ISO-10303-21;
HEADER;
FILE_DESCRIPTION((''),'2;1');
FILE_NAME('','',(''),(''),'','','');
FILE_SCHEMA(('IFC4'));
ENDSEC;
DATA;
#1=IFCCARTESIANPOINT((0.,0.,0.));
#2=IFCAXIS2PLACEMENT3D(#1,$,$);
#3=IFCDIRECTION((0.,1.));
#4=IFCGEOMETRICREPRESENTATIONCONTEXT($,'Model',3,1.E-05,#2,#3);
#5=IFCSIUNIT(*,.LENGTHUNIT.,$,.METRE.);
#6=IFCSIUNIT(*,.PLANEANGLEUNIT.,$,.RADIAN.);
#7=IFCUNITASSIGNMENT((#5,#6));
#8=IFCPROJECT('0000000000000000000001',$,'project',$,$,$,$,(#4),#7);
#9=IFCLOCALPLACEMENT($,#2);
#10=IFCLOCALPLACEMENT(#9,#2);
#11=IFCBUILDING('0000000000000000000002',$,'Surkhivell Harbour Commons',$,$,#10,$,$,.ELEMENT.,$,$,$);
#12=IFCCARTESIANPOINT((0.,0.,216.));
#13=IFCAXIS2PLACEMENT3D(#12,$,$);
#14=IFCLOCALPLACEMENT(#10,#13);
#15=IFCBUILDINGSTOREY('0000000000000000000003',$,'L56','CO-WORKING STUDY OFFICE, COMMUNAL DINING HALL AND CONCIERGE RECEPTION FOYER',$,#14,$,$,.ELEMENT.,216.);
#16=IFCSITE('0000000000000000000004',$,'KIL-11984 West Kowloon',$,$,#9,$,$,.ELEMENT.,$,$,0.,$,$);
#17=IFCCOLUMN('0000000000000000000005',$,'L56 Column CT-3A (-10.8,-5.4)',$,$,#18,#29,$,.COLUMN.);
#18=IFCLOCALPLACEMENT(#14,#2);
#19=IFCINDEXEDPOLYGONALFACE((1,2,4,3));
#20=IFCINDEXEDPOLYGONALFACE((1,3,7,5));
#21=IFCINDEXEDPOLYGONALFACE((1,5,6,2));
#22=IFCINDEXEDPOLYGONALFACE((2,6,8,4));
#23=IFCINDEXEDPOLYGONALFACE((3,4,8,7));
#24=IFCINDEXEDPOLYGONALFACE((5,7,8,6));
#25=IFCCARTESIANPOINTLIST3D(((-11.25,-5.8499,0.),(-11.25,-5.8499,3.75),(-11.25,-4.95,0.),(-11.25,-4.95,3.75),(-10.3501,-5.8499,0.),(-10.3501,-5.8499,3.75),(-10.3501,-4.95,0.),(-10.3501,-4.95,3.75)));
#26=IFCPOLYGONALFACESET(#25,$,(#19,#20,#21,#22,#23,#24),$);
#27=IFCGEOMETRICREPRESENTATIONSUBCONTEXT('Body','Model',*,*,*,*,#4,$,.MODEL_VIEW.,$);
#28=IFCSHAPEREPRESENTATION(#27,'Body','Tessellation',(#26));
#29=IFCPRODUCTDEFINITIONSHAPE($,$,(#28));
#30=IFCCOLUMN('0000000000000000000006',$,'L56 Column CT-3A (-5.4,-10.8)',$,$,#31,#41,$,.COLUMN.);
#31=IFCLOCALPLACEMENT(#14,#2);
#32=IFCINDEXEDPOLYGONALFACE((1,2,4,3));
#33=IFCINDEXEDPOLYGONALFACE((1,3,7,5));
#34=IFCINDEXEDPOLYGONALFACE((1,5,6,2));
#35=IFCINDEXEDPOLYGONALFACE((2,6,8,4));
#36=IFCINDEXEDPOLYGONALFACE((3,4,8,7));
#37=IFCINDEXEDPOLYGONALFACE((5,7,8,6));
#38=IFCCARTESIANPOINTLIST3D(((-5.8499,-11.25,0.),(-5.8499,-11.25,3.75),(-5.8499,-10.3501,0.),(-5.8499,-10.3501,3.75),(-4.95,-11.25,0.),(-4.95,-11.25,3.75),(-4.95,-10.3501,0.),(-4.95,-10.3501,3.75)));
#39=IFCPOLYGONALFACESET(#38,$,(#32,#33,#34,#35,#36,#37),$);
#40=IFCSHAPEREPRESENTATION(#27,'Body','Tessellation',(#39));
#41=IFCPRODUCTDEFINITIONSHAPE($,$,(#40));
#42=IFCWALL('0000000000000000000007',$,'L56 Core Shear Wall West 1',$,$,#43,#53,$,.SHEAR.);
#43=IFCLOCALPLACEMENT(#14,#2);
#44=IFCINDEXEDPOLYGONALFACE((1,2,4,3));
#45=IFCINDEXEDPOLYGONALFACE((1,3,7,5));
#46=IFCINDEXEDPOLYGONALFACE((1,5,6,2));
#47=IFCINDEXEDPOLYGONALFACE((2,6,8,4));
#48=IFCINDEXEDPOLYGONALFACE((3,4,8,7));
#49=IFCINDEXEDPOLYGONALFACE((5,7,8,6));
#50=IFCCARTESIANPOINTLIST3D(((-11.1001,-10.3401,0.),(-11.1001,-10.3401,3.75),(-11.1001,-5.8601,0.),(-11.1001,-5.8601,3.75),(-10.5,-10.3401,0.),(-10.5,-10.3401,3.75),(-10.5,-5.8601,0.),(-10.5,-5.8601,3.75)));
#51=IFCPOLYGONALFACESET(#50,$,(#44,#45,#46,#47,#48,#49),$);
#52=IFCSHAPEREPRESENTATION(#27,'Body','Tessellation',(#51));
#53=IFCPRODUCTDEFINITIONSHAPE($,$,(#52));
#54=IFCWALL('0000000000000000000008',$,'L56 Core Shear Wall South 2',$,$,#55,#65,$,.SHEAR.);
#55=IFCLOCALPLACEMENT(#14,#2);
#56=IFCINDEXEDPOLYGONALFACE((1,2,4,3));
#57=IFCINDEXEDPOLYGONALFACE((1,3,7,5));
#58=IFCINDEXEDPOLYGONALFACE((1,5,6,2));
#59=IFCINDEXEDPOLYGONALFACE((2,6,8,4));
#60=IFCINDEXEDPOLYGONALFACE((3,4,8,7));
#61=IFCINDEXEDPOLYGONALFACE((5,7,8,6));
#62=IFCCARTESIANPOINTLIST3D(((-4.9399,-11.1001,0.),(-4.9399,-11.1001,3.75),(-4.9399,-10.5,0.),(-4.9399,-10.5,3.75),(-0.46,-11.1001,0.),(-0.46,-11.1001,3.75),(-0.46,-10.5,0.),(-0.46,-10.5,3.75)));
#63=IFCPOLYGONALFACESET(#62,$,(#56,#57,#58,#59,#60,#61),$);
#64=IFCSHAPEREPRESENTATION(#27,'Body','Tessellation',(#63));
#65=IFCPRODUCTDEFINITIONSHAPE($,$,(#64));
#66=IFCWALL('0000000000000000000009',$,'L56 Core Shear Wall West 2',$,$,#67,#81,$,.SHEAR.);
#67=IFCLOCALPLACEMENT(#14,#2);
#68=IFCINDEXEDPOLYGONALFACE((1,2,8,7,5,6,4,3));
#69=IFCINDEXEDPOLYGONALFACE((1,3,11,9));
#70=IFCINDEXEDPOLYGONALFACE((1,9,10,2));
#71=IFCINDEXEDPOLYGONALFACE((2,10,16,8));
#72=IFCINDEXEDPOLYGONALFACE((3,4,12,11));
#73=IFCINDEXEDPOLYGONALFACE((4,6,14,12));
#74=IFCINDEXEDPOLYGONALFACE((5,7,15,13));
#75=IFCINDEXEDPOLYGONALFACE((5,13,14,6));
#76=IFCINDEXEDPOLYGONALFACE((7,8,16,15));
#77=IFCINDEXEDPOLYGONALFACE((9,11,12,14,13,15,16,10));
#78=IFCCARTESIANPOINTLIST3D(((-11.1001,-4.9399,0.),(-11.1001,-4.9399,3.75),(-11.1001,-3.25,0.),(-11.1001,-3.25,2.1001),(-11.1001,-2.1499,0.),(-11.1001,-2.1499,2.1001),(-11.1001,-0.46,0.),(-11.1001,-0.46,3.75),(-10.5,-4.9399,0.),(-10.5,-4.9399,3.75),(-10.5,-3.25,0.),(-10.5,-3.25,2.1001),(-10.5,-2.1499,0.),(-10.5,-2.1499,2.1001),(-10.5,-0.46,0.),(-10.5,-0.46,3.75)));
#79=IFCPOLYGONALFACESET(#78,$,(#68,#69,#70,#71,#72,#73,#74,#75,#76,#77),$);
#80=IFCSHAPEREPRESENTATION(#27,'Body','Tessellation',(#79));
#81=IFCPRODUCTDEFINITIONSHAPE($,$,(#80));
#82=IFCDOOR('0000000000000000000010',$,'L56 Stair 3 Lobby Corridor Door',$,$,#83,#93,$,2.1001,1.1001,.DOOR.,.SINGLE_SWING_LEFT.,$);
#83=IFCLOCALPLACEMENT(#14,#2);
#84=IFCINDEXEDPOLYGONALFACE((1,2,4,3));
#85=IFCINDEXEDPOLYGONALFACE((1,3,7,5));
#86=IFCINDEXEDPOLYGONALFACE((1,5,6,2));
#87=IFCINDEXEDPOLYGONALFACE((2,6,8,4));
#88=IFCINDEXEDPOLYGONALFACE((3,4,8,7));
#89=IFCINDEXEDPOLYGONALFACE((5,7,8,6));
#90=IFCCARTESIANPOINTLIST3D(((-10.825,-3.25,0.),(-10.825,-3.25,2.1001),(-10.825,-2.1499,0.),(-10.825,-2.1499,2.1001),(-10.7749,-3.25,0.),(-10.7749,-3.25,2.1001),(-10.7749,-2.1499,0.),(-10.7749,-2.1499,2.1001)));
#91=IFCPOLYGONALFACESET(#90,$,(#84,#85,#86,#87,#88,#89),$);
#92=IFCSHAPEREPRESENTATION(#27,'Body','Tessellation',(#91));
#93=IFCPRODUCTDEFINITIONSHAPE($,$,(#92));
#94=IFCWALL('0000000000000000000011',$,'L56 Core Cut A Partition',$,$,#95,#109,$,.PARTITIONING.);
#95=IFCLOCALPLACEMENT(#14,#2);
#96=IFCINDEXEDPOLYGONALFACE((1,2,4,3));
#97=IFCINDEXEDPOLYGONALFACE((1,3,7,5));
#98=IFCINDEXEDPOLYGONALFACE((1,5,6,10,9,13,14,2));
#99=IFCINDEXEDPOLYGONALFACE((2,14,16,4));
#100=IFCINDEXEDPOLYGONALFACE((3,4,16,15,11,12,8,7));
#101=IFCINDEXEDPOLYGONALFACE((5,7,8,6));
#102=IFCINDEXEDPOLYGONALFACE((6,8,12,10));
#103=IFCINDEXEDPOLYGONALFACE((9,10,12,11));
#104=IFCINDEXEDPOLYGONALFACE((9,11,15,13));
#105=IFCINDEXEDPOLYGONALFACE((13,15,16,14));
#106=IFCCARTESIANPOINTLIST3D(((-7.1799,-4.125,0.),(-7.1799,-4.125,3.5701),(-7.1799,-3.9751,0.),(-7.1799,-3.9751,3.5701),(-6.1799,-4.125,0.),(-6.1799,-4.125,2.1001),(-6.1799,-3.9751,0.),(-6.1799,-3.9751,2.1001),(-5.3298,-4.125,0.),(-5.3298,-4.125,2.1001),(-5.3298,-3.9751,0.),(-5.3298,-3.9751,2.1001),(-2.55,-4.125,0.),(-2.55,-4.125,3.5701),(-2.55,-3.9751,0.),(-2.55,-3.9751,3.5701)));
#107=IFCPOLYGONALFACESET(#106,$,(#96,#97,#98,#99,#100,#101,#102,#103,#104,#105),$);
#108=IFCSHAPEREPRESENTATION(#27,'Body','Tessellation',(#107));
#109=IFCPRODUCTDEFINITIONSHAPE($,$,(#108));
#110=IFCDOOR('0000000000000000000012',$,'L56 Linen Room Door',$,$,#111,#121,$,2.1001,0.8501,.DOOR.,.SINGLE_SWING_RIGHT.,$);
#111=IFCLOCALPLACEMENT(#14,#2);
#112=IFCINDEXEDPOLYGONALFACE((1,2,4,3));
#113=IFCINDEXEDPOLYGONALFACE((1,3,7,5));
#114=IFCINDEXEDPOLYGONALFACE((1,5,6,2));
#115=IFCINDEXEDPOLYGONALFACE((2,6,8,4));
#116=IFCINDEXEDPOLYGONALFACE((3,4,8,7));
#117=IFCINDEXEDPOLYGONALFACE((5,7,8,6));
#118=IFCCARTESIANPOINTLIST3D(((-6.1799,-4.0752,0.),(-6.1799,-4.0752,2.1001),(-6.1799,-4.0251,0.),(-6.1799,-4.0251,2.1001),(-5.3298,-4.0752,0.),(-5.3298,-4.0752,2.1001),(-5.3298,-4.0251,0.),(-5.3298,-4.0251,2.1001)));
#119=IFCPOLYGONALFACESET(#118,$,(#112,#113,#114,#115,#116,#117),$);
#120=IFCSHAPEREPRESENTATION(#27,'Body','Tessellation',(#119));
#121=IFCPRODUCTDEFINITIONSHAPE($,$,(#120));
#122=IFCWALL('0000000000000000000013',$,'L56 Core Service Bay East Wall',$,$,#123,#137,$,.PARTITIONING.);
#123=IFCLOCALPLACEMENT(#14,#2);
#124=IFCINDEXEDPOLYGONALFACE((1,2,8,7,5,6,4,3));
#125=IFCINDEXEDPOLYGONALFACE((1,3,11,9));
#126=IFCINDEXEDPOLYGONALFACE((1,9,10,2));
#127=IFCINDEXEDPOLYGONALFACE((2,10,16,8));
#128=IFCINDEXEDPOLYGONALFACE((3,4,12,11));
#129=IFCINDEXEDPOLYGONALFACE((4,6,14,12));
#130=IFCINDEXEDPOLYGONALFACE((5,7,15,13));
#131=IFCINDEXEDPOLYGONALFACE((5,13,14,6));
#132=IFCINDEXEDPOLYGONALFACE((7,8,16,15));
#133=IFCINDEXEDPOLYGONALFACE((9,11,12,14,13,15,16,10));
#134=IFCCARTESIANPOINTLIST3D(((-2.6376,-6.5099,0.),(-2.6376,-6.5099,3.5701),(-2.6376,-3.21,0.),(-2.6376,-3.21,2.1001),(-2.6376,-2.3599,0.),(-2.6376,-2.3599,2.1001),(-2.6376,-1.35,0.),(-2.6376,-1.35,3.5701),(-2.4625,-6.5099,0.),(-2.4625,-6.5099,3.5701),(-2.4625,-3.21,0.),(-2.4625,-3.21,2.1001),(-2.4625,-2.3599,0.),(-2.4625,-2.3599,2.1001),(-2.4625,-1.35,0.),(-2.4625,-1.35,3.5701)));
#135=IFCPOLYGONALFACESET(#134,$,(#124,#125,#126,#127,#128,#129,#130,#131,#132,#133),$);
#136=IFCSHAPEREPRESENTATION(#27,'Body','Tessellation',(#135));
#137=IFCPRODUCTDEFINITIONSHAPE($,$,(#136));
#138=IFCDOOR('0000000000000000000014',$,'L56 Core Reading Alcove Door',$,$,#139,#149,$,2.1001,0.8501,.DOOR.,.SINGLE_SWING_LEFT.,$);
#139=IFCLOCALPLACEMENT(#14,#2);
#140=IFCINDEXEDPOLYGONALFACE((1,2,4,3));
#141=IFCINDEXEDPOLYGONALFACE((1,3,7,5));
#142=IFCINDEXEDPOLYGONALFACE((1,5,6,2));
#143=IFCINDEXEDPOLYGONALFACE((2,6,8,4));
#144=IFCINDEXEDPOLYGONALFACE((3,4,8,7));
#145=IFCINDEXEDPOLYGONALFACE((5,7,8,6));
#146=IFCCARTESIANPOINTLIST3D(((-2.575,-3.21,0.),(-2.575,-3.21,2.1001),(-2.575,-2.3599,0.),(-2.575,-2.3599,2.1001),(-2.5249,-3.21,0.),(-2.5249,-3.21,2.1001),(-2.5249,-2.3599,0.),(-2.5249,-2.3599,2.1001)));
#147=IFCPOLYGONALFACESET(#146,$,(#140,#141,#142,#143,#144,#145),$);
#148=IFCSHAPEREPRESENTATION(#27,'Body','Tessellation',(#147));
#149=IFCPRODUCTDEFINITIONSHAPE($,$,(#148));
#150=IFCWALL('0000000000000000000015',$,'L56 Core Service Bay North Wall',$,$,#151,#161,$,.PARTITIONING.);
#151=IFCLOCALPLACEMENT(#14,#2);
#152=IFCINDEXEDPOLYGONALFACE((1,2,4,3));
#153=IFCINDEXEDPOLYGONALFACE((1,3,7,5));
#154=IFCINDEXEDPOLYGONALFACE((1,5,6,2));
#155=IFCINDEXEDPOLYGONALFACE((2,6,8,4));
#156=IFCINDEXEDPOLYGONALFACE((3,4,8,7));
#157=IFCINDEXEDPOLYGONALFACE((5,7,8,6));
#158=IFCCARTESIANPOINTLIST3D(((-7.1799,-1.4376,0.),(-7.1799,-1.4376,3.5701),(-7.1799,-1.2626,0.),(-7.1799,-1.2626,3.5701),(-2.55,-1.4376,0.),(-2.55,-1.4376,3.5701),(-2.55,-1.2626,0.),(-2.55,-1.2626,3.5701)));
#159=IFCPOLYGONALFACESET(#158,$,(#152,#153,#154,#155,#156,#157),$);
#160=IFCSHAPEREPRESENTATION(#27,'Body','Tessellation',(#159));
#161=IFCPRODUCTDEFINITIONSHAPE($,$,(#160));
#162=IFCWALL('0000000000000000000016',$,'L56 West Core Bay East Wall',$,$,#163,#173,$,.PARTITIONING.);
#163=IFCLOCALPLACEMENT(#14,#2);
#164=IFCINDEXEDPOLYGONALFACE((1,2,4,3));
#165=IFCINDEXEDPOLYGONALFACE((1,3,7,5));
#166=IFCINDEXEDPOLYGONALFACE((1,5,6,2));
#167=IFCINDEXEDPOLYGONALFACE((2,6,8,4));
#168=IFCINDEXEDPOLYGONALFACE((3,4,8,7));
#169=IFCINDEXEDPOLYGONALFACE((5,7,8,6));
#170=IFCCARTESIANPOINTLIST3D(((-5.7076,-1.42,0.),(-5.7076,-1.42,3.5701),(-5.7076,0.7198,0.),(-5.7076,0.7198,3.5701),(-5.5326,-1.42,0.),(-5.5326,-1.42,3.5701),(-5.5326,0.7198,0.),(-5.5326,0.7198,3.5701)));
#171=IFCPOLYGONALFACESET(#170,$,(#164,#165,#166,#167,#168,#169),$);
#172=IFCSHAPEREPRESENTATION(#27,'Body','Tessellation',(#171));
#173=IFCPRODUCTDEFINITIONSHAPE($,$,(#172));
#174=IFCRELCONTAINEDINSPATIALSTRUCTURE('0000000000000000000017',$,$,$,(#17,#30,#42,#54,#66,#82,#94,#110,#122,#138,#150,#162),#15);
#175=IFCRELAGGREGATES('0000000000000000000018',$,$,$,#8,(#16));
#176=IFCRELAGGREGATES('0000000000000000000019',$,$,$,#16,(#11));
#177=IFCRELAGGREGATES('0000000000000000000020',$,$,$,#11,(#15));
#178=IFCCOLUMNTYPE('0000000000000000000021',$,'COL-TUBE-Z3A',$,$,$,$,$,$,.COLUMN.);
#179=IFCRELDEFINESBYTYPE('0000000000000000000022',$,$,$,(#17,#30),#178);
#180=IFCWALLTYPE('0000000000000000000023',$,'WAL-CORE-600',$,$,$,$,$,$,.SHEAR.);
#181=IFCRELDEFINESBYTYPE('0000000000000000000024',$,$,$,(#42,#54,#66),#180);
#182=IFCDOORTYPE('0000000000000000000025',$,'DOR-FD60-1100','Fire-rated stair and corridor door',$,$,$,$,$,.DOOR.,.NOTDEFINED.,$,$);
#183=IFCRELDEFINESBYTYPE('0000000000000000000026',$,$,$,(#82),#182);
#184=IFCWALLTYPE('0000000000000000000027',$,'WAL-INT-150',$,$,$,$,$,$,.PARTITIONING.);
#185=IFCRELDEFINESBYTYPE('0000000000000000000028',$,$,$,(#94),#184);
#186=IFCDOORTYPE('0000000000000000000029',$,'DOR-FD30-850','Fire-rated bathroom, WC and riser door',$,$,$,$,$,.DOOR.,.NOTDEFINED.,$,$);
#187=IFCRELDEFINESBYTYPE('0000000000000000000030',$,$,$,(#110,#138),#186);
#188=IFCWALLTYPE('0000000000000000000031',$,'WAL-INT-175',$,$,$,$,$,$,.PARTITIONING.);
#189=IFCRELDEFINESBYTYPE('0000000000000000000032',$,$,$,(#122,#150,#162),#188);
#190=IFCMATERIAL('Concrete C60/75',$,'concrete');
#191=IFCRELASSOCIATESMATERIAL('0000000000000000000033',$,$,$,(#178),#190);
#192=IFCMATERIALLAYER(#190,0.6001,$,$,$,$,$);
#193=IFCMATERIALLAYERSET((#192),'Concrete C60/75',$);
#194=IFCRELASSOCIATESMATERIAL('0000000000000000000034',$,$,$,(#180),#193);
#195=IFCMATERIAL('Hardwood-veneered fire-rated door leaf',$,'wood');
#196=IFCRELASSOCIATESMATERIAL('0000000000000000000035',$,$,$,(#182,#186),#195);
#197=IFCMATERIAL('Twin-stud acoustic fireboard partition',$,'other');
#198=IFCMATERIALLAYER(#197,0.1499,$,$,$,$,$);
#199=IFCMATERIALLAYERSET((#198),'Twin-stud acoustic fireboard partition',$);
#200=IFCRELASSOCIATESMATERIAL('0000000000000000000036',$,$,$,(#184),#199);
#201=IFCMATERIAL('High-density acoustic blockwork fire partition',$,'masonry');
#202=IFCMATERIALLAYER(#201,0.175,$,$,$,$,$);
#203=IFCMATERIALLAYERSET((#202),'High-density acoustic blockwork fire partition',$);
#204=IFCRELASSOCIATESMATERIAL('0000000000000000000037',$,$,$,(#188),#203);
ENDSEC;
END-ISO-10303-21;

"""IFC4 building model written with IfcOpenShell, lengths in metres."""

from ifc_helpers import new_model, si_unit, direction, frame, frame_2d, origin, origin_2d, place, context, subcontext, project, spatial, rectangle, extrude, material, layer, layer_set, material_profile, profile_set, type_object, element, fill, save


model = new_model("IFC4")

# Units and contexts
model_context = context("Model", 3, precision=1e-05, world=origin(), true_north=direction((0.0, 1.0)))
body_context = subcontext(model_context, "Body", "Model", "MODEL_VIEW")
ifc_project = project(units=[si_unit("LENGTHUNIT", "METRE"), si_unit("PLANEANGLEUNIT", "RADIAN")], contexts=[model_context])

# Site, building, storey
site_placement = place(None, origin())
site = spatial("IfcSite", under=ifc_project, at=site_placement, Name="KIL-11984 West Kowloon", CompositionType="ELEMENT", RefElevation=0.0)
building_placement = place(site_placement, origin())
building = spatial("IfcBuilding", under=site, at=building_placement, Name="Surkhivell Harbour Commons", CompositionType="ELEMENT")
storey_placement = place(building_placement, frame((0.0, 0.0, 216.0)))
storey = spatial("IfcBuildingStorey", under=building, at=storey_placement, Name="L56", Description="CO-WORKING STUDY OFFICE, COMMUNAL DINING HALL AND CONCIERGE RECEPTION FOYER", CompositionType="ELEMENT", Elevation=216.0)

# Columns
ifc_material_1 = material(Name="Concrete C60/75", Category="concrete")
ifc_material_profile = material_profile(ifc_material_1, rectangle(XDim=0.8999, YDim=0.8999, at=origin_2d()), Name="RC-COL-900x900")
ifc_profile_set = profile_set([ifc_material_profile], Name="Concrete C60/75")
column_type = type_object("IfcColumnType", Name="COL-TUBE-Z3A", PredefinedType="COLUMN", material=ifc_profile_set)
for number, where, z_axis, x_axis, name in (
    (1, (-10.8, -5.3999, 0.0), (0.0, 0.0, 1.0), (1.0, 0.0, 0.0), "L56 Column CT-3A (-10.8,-5.4)"),
    (2, (-5.3999, -10.8, 0.0), (0.0, 0.0, 1.0), (1.0, 0.0, 0.0), "L56 Column CT-3A (-5.4,-10.8)"),
):
    element("IfcColumn", number, at=place(storey_placement, frame(where, z_axis=z_axis, x_axis=x_axis)), inside=storey, type_object=column_type, Name=name, PredefinedType="COLUMN", context=body_context, shape_type="SweptSolid", body=[
        extrude(rectangle(XDim=0.8999, YDim=0.8999, at=origin_2d()), origin(), (0.0, 0.0, 1.0), 3.75),
    ])

# Walls
ifc_layer_1 = layer(ifc_material_1, 0.6001)
ifc_layer_set_1 = layer_set([ifc_layer_1], Name="Concrete C60/75")
wall_type_1 = type_object("IfcWallType", Name="WAL-CORE-600", PredefinedType="SHEAR", material=ifc_layer_set_1)
for number, where, z_axis, x_axis, name in (
    (3, (-10.8, -10.3401, 0.0), (0.0, 0.0, 1.0), (0.0, 1.0, 0.0), "L56 Core Shear Wall West 1"),
    (4, (-4.9399, -10.8, 0.0), (0.0, 0.0, 1.0), (1.0, 0.0, 0.0), "L56 Core Shear Wall South 2"),
):
    element("IfcWall", number, at=place(storey_placement, frame(where, z_axis=z_axis, x_axis=x_axis)), inside=storey, type_object=wall_type_1, Name=name, PredefinedType="SHEAR", context=body_context, shape_type="SweptSolid", body=[
        extrude(rectangle(XDim=4.48, YDim=0.6001, at=frame_2d((2.24, 0.0))), origin(), (0.0, 0.0, 1.0), 3.75),
    ])

# Walls, openings, doors
wall_1_placement = place(storey_placement, frame((-10.8, -4.9399, 0.0), z_axis=(0.0, 0.0, 1.0), x_axis=(0.0, 1.0, 0.0)))
wall_1 = element("IfcWall", 5, at=wall_1_placement, inside=storey, type_object=wall_type_1, Name="L56 Core Shear Wall West 2", PredefinedType="SHEAR", context=body_context, shape_type="SweptSolid", body=[
    extrude(rectangle(XDim=4.48, YDim=0.6001, at=frame_2d((2.24, 0.0))), origin(), (0.0, 0.0, 1.0), 3.75),
])
opening_1_placement = place(wall_1_placement, frame((1.6899, 0.0, 0.0)))
opening_1 = element("IfcOpeningElement", 6, at=opening_1_placement, cuts=wall_1, PredefinedType="OPENING", context=body_context, shape_type="SweptSolid", body=[
    extrude(rectangle(XDim=1.1001, YDim=2.1001, at=frame_2d((0.55, 1.05))), frame((0.0, 0.3101, 0.0), z_axis=(0.0, -1.0, 0.0), x_axis=(1.0, 0.0, 0.0)), (0.0, 0.0, 1.0), 0.6201),
])
ifc_material_2 = material(Name="Hardwood-veneered fire-rated door leaf", Category="wood")
door_type_1 = type_object("IfcDoorType", Name="DOR-FD60-1100", Description="Fire-rated stair and corridor door", OperationType="NOTDEFINED", PredefinedType="DOOR", material=ifc_material_2)
door_1_placement = place(opening_1_placement, origin())
door_1 = element("IfcDoor", 7, at=door_1_placement, inside=storey, type_object=door_type_1, Name="L56 Stair 3 Lobby Corridor Door", OperationType="SINGLE_SWING_LEFT", OverallHeight=2.1001, OverallWidth=1.1001, PredefinedType="DOOR", context=body_context, shape_type="SweptSolid", body=[
    extrude(rectangle(XDim=1.1001, YDim=2.1001, at=frame_2d((0.55, 1.05))), frame((0.0, 0.0249, 0.0), z_axis=(0.0, -1.0, 0.0), x_axis=(1.0, 0.0, 0.0)), (0.0, 0.0, 1.0), 0.05),
])
fill(opening_1, door_1)
ifc_material_3 = material(Name="Twin-stud acoustic fireboard partition", Category="other")
ifc_layer_2 = layer(ifc_material_3, 0.1499)
ifc_layer_set_2 = layer_set([ifc_layer_2], Name="Twin-stud acoustic fireboard partition")
wall_type_2 = type_object("IfcWallType", Name="WAL-INT-150", PredefinedType="PARTITIONING", material=ifc_layer_set_2)
wall_2_placement = place(storey_placement, frame((-7.1799, -4.05, 0.0), z_axis=(0.0, 0.0, 1.0), x_axis=(1.0, 0.0, 0.0)))
wall_2 = element("IfcWall", 8, at=wall_2_placement, inside=storey, type_object=wall_type_2, Name="L56 Core Cut A Partition", PredefinedType="PARTITIONING", context=body_context, shape_type="SweptSolid", body=[
    extrude(rectangle(XDim=4.6299, YDim=0.1499, at=frame_2d((2.3149, 0.0))), origin(), (0.0, 0.0, 1.0), 3.5701),
])
opening_2_placement = place(wall_2_placement, frame((1.0, 0.0, 0.0)))
opening_2 = element("IfcOpeningElement", 9, at=opening_2_placement, cuts=wall_2, PredefinedType="OPENING", context=body_context, shape_type="SweptSolid", body=[
    extrude(rectangle(XDim=0.8501, YDim=2.1001, at=frame_2d((0.425, 1.05))), frame((0.0, 0.085, 0.0), z_axis=(0.0, -1.0, 0.0), x_axis=(1.0, 0.0, 0.0)), (0.0, 0.0, 1.0), 0.1699),
])
door_type_2 = type_object("IfcDoorType", Name="DOR-FD30-850", Description="Fire-rated bathroom, WC and riser door", OperationType="NOTDEFINED", PredefinedType="DOOR", material=ifc_material_2)
door_2_placement = place(opening_2_placement, origin())
door_2 = element("IfcDoor", 10, at=door_2_placement, inside=storey, type_object=door_type_2, Name="L56 Linen Room Door", OperationType="SINGLE_SWING_RIGHT", OverallHeight=2.1001, OverallWidth=0.8501, PredefinedType="DOOR", context=body_context, shape_type="SweptSolid", body=[
    extrude(rectangle(XDim=0.8501, YDim=2.1001, at=frame_2d((0.425, 1.05))), frame((0.0, 0.0249, 0.0), z_axis=(0.0, -1.0, 0.0), x_axis=(1.0, 0.0, 0.0)), (0.0, 0.0, 1.0), 0.05),
])
fill(opening_2, door_2)
ifc_material_4 = material(Name="High-density acoustic blockwork fire partition", Category="masonry")
ifc_layer_3 = layer(ifc_material_4, 0.175)
ifc_layer_set_3 = layer_set([ifc_layer_3], Name="High-density acoustic blockwork fire partition")
wall_type_3 = type_object("IfcWallType", Name="WAL-INT-175", PredefinedType="PARTITIONING", material=ifc_layer_set_3)
wall_3_placement = place(storey_placement, frame((-2.55, -6.51, 0.0), z_axis=(0.0, 0.0, 1.0), x_axis=(0.0, 1.0, 0.0)))
wall_3 = element("IfcWall", 11, at=wall_3_placement, inside=storey, type_object=wall_type_3, Name="L56 Core Service Bay East Wall", PredefinedType="PARTITIONING", context=body_context, shape_type="SweptSolid", body=[
    extrude(rectangle(XDim=5.1599, YDim=0.175, at=frame_2d((2.5801, 0.0))), origin(), (0.0, 0.0, 1.0), 3.5701),
])
opening_3_placement = place(wall_3_placement, frame((3.3, 0.0, 0.0)))
opening_3 = element("IfcOpeningElement", 12, at=opening_3_placement, cuts=wall_3, PredefinedType="OPENING", context=body_context, shape_type="SweptSolid", body=[
    extrude(rectangle(XDim=0.8501, YDim=2.1001, at=frame_2d((0.425, 1.05))), frame((0.0, 0.0974, 0.0), z_axis=(0.0, -1.0, 0.0), x_axis=(1.0, 0.0, 0.0)), (0.0, 0.0, 1.0), 0.1951),
])
door_3_placement = place(opening_3_placement, origin())
door_3 = element("IfcDoor", 13, at=door_3_placement, inside=storey, type_object=door_type_2, Name="L56 Core Reading Alcove Door", OperationType="SINGLE_SWING_LEFT", OverallHeight=2.1001, OverallWidth=0.8501, PredefinedType="DOOR", context=body_context, shape_type="SweptSolid", body=[
    extrude(rectangle(XDim=0.8501, YDim=2.1001, at=frame_2d((0.425, 1.05))), frame((0.0, 0.0249, 0.0), z_axis=(0.0, -1.0, 0.0), x_axis=(1.0, 0.0, 0.0)), (0.0, 0.0, 1.0), 0.05),
])
fill(opening_3, door_3)

# Walls
wall_4_placement = place(storey_placement, frame((-7.1799, -1.3501, 0.0), z_axis=(0.0, 0.0, 1.0), x_axis=(1.0, 0.0, 0.0)))
element("IfcWall", 14, at=wall_4_placement, inside=storey, type_object=wall_type_3, Name="L56 Core Service Bay North Wall", PredefinedType="PARTITIONING", context=body_context, shape_type="SweptSolid", body=[
    extrude(rectangle(XDim=4.6299, YDim=0.175, at=frame_2d((2.3149, 0.0))), origin(), (0.0, 0.0, 1.0), 3.5701),
])
wall_5_placement = place(storey_placement, frame((-5.6201, -1.4199, 0.0), z_axis=(0.0, 0.0, 1.0), x_axis=(0.0, 1.0, 0.0)))
element("IfcWall", 15, at=wall_5_placement, inside=storey, type_object=wall_type_3, Name="L56 West Core Bay East Wall", PredefinedType="PARTITIONING", context=body_context, shape_type="SweptSolid", body=[
    extrude(rectangle(XDim=2.1399, YDim=0.175, at=frame_2d((1.0698, 0.0))), origin(), (0.0, 0.0, 1.0), 3.5701),
])

save(model, "model.ifc")
